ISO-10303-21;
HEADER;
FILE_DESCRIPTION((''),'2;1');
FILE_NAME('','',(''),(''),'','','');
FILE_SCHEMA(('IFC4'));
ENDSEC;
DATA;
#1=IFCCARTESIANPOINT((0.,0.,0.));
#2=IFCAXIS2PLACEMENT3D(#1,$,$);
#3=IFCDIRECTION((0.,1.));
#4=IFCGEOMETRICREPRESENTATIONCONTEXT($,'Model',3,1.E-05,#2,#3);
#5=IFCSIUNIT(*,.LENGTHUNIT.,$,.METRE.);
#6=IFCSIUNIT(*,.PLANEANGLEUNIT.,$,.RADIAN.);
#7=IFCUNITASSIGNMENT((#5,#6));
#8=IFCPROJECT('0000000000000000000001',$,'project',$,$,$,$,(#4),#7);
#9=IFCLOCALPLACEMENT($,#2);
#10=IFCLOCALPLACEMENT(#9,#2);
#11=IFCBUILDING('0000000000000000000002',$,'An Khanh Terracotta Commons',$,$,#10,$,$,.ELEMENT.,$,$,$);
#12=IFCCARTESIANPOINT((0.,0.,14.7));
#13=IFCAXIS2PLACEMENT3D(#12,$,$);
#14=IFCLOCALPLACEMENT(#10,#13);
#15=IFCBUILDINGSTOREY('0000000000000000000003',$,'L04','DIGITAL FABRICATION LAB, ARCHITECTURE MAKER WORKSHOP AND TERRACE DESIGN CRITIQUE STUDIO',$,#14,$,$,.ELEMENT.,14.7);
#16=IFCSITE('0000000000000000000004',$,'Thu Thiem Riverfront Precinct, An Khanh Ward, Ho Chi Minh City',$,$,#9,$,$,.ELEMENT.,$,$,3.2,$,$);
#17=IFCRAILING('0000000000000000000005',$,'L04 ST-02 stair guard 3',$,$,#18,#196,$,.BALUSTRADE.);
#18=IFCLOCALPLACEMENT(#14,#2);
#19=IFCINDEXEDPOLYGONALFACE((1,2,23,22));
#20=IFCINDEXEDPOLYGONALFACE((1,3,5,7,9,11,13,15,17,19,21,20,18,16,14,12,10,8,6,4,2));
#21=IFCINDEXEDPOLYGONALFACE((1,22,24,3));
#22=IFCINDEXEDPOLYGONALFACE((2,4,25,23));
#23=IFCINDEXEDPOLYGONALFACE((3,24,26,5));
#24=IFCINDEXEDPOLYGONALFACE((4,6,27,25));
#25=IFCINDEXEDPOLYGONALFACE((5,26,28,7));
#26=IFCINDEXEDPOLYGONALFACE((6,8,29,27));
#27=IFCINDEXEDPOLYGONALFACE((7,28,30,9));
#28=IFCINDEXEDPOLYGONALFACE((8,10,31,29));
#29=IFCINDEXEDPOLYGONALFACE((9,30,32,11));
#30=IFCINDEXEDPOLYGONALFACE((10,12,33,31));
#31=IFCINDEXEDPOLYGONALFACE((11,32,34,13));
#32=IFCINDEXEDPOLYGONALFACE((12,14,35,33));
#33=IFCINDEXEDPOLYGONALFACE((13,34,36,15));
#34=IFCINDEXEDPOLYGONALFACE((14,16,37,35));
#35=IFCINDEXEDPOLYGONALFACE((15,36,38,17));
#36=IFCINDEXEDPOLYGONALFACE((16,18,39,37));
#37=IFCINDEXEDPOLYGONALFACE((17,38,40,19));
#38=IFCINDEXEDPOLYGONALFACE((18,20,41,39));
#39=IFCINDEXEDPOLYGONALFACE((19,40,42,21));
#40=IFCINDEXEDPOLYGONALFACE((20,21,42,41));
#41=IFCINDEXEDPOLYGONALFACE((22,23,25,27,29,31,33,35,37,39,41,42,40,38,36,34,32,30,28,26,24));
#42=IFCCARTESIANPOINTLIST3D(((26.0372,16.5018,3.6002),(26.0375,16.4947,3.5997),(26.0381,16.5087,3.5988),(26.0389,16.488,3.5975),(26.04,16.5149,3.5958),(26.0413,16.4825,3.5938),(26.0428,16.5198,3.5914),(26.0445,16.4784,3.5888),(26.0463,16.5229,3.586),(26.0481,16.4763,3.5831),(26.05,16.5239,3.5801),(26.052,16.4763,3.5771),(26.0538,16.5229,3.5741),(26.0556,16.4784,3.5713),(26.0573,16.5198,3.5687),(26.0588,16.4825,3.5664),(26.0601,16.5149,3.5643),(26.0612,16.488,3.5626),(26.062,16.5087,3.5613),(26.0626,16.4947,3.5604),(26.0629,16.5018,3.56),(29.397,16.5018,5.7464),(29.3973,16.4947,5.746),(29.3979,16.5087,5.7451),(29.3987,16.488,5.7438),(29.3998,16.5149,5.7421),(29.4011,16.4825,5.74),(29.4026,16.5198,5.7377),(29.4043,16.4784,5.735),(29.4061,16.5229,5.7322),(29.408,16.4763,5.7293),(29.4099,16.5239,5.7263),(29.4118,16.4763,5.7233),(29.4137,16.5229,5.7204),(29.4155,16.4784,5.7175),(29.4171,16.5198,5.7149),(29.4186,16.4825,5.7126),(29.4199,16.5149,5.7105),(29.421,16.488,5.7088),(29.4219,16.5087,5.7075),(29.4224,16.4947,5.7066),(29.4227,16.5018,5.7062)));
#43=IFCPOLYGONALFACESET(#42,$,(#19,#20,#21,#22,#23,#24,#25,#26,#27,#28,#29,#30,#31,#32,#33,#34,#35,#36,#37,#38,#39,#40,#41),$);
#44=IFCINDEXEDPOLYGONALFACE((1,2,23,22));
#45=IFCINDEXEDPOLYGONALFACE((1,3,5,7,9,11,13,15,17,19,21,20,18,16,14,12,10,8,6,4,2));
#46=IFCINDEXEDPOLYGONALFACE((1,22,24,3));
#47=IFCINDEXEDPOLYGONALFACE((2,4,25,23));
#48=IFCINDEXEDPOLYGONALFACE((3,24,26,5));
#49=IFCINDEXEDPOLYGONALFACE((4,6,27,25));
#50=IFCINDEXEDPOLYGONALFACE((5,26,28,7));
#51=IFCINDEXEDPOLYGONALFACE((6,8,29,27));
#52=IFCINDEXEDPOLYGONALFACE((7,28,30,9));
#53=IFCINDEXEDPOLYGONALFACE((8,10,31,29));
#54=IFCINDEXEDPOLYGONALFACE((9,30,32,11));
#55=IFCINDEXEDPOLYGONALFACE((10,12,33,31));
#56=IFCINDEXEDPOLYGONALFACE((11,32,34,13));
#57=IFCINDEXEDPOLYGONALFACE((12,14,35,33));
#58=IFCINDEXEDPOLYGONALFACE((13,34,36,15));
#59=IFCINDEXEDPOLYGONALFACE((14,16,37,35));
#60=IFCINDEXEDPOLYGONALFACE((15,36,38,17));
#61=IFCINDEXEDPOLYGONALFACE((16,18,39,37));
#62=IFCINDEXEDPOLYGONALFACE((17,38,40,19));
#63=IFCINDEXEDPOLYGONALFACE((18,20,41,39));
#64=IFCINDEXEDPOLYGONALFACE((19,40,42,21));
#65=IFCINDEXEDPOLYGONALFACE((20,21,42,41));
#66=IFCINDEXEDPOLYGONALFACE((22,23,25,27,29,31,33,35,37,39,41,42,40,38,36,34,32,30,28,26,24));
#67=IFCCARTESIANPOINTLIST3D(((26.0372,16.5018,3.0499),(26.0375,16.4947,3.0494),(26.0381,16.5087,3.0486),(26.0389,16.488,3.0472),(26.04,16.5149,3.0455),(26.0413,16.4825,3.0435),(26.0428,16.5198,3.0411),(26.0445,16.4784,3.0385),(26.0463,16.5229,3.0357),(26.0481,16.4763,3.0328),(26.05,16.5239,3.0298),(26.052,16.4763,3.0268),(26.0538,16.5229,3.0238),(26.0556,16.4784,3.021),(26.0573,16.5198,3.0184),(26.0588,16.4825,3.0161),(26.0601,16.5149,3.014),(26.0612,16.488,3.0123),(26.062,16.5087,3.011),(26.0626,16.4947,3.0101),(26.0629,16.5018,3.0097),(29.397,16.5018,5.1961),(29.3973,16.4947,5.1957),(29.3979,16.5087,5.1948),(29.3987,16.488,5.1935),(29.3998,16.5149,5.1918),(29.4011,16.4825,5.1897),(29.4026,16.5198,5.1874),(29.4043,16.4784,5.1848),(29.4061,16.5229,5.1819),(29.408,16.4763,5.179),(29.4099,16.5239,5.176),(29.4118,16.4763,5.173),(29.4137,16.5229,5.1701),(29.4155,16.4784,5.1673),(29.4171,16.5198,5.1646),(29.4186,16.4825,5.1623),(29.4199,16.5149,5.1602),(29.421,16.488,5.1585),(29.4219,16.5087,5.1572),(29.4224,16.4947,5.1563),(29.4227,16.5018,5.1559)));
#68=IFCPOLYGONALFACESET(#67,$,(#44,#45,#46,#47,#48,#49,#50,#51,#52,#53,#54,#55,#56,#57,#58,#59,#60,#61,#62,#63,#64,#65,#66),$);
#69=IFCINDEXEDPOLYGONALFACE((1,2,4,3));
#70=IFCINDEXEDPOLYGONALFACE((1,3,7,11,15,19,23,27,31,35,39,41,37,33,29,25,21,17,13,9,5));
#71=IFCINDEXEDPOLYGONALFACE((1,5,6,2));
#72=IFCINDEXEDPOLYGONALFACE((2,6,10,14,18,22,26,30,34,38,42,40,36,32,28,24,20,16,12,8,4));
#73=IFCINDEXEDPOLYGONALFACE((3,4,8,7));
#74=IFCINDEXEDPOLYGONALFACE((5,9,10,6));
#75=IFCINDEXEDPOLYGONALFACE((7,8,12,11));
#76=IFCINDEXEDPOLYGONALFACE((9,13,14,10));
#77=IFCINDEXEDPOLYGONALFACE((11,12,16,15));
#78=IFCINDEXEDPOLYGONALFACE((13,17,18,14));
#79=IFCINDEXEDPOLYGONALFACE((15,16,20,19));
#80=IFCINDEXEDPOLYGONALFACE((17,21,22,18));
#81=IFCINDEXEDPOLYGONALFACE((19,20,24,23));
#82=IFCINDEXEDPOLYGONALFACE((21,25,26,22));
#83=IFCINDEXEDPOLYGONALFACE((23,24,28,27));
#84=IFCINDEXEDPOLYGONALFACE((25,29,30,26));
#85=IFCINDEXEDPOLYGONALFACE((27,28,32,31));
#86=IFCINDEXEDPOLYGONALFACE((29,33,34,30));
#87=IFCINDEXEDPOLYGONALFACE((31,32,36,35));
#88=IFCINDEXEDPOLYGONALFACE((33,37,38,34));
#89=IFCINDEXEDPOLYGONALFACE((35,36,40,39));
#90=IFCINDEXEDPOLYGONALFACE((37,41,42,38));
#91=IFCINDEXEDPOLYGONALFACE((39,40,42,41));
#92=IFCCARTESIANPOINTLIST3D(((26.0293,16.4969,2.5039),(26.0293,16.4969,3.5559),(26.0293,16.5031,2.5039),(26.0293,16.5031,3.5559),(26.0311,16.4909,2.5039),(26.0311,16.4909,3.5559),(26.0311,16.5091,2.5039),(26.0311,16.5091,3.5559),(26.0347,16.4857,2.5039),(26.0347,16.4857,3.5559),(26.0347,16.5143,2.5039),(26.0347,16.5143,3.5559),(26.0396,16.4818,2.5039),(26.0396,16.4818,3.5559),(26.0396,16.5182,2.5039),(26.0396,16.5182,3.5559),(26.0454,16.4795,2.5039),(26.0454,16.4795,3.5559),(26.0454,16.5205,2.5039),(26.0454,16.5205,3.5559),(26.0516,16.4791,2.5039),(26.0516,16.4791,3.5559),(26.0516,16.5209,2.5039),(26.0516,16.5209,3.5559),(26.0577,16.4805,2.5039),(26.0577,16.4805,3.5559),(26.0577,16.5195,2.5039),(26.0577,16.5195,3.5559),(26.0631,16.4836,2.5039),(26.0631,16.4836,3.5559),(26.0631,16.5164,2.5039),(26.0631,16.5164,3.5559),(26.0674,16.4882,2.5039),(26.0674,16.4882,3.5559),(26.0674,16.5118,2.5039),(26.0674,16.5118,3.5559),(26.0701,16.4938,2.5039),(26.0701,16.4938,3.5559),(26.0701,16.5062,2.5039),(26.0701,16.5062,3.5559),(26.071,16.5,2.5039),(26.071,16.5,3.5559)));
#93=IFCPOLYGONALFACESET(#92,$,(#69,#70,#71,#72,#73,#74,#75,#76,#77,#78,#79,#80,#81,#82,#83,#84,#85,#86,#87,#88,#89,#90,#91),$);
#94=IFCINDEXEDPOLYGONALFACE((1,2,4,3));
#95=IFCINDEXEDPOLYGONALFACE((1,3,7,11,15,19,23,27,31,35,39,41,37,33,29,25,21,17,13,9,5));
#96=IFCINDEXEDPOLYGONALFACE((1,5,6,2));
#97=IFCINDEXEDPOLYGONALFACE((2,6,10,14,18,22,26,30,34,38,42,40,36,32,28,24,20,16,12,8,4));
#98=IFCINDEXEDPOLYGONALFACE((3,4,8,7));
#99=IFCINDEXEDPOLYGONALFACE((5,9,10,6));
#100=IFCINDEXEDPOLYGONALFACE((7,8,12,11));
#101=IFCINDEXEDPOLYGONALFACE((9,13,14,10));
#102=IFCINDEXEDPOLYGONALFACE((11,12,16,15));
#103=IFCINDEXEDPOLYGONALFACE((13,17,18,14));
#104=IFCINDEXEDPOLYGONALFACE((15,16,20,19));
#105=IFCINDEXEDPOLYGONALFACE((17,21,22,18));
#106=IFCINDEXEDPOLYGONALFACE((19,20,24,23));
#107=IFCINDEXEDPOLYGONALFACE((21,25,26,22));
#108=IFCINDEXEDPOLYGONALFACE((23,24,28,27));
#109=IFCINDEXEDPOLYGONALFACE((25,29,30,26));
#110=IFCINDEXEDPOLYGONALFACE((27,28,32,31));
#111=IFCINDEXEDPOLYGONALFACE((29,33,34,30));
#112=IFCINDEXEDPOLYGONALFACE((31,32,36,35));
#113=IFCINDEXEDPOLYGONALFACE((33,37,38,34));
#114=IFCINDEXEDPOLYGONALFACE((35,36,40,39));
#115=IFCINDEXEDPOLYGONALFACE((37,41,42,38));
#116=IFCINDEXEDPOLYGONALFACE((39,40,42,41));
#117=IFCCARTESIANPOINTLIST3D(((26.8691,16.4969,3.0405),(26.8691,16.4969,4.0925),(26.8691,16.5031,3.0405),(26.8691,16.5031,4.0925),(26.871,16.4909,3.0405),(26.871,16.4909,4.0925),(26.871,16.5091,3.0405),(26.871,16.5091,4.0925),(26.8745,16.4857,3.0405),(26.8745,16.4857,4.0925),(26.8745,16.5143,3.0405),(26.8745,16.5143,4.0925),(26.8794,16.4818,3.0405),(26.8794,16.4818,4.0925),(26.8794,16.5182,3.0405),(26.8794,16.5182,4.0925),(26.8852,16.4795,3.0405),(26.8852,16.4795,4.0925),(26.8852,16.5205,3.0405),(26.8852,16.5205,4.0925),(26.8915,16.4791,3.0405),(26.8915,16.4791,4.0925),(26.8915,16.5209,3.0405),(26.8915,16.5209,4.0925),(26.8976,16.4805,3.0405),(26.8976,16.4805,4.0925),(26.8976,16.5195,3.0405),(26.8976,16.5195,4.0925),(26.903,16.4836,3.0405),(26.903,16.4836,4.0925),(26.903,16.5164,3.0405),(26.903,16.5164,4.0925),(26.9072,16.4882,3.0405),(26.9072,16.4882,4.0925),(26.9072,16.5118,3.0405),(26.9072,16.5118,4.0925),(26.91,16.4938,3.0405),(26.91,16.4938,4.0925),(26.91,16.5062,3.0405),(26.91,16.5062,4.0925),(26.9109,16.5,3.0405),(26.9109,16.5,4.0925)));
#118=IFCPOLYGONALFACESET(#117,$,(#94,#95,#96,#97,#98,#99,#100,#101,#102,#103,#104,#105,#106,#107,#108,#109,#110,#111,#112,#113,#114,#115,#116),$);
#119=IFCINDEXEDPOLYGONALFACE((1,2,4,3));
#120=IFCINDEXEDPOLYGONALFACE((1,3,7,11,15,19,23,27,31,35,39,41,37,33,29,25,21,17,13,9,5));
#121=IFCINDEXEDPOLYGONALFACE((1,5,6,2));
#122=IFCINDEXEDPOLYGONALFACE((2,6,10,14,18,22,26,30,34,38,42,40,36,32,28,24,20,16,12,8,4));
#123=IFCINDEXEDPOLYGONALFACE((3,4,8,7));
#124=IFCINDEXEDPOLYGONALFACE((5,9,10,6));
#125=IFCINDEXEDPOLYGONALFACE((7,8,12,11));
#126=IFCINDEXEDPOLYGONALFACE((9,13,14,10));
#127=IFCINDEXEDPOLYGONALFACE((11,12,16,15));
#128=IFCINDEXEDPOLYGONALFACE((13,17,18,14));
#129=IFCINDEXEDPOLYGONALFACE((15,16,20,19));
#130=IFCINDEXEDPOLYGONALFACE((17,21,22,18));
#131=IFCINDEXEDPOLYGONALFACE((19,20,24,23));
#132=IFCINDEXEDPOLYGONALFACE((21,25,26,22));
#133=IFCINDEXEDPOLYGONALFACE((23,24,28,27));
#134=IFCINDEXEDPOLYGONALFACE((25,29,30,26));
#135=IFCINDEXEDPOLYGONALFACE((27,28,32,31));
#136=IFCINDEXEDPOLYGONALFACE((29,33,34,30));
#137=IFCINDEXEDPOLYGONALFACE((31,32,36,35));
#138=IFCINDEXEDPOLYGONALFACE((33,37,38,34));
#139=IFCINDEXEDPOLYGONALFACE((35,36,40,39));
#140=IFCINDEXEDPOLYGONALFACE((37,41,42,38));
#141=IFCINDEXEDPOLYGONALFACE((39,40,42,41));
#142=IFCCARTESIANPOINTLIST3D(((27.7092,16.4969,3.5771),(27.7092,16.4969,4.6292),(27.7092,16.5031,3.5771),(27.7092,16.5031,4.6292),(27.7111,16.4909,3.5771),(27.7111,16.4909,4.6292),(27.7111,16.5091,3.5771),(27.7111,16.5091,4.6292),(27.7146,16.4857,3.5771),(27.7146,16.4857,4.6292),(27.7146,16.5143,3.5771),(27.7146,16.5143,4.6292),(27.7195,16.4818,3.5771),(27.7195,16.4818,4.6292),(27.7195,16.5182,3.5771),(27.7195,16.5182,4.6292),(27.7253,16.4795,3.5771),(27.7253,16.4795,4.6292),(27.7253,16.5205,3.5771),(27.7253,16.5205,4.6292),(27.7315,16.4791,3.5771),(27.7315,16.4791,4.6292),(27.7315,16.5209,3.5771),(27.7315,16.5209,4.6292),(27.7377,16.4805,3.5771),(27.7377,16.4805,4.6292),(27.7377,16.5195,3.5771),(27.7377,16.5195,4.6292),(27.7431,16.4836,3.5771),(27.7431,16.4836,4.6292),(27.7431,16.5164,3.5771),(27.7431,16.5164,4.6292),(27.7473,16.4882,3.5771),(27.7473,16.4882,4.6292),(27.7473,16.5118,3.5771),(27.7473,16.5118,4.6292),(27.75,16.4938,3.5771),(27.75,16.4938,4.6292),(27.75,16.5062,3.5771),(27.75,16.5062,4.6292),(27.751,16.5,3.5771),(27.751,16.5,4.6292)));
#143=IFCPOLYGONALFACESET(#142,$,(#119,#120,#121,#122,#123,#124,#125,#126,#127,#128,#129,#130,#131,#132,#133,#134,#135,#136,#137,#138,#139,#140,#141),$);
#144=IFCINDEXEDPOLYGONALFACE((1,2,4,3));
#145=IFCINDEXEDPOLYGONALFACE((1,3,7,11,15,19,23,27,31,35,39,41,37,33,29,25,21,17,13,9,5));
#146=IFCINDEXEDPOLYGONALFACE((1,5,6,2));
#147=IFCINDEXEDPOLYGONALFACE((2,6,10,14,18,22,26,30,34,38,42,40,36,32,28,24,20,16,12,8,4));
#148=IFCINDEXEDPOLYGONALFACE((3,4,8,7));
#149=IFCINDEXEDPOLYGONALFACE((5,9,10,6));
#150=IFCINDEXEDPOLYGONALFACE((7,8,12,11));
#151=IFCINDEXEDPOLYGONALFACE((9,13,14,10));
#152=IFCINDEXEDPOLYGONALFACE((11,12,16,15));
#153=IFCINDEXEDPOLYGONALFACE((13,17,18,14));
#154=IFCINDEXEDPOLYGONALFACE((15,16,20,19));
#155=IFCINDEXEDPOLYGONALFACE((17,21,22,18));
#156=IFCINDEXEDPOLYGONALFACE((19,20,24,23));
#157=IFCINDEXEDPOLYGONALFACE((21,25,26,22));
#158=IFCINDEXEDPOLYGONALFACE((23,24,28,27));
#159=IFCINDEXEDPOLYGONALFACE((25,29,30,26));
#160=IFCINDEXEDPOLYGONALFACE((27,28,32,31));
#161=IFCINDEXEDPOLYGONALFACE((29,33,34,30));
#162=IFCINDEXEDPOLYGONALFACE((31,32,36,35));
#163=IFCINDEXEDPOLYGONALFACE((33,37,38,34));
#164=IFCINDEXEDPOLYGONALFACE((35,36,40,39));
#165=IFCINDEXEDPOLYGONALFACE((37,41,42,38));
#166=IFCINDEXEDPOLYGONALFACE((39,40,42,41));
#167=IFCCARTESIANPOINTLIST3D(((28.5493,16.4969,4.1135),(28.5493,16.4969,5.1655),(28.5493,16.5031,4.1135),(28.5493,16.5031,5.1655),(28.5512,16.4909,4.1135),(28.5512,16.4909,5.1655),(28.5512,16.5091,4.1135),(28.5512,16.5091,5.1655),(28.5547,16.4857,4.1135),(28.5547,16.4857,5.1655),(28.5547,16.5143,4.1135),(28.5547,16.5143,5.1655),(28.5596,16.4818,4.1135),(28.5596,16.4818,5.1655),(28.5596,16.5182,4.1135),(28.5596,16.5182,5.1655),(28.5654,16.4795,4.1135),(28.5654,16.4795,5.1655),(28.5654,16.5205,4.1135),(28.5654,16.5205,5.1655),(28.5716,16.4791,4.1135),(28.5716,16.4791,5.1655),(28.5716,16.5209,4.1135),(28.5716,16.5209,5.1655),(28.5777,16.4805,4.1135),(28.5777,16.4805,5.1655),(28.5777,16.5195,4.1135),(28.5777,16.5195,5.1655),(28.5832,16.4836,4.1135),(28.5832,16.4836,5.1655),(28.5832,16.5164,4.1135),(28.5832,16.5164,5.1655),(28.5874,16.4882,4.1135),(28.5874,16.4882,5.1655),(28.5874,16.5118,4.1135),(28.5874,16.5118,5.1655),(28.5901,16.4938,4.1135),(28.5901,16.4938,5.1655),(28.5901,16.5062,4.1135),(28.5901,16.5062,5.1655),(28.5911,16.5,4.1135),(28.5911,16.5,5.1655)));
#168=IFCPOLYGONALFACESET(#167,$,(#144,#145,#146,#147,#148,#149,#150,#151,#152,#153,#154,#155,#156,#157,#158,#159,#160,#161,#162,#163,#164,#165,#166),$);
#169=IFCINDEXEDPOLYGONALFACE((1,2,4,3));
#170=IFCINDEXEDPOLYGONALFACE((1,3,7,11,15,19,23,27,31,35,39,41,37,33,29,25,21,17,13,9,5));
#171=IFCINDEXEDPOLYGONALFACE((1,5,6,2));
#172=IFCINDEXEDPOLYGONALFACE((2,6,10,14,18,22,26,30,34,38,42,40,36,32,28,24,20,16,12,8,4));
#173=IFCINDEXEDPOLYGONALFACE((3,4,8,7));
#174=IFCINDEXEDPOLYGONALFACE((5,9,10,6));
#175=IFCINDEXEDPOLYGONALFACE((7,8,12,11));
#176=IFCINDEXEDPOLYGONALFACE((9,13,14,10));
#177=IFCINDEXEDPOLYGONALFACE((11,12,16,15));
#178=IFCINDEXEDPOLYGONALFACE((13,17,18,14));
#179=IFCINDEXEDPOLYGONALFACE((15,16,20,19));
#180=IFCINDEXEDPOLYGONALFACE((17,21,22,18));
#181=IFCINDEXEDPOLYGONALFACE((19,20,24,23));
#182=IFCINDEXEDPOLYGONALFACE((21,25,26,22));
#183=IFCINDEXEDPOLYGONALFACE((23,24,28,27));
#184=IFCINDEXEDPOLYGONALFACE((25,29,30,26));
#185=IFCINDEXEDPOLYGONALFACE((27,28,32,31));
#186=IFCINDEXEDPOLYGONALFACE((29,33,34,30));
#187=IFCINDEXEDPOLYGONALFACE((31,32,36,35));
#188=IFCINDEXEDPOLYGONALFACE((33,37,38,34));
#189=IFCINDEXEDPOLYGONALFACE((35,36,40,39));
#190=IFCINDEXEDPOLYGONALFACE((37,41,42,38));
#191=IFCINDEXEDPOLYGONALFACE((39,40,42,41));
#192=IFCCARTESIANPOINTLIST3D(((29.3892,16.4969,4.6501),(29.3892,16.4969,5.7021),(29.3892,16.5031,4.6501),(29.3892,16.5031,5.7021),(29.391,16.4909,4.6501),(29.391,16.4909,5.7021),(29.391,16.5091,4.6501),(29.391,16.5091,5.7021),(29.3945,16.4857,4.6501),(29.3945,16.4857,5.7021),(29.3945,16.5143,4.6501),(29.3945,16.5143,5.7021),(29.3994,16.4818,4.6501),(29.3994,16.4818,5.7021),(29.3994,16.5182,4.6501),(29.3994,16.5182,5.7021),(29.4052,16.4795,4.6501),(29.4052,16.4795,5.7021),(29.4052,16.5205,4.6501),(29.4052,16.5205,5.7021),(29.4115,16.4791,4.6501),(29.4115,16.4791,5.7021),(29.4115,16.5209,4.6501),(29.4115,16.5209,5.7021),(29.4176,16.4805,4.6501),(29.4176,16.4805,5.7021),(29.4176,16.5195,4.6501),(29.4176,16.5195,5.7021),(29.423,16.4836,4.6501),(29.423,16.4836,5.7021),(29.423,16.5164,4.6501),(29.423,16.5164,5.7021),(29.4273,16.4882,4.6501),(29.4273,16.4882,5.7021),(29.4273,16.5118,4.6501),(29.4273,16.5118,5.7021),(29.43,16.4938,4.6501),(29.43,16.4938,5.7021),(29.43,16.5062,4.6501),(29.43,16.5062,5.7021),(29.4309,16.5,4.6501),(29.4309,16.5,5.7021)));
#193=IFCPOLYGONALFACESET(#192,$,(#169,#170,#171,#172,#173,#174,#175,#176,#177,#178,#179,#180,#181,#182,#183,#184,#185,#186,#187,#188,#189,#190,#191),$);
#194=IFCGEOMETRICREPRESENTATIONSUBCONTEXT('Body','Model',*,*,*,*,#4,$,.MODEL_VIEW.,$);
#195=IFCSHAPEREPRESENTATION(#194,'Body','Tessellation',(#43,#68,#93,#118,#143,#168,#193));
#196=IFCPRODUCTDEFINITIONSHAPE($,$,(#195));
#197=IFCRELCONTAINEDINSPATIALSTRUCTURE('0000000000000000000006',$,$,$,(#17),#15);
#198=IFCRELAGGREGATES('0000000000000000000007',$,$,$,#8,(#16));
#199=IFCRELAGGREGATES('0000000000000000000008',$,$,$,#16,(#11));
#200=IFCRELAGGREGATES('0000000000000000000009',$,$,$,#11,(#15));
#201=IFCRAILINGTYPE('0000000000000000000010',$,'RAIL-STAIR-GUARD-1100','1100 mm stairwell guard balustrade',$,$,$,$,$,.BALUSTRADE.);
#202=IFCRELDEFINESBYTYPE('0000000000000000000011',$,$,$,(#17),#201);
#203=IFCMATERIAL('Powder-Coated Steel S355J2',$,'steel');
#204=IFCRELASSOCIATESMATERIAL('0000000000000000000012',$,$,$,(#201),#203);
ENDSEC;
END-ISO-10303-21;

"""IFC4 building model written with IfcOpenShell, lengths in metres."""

from ifc_helpers import new_model, si_unit, direction, frame, origin, origin_2d, place, context, subcontext, project, spatial, circle, extrude, material, type_object, element, save


model = new_model("IFC4")

# Units and contexts
model_context = context("Model", 3, precision=1e-05, world=origin(), true_north=direction((0.0, 1.0)))
body_context = subcontext(model_context, "Body", "Model", "MODEL_VIEW")
ifc_project = project(units=[si_unit("LENGTHUNIT", "METRE"), si_unit("PLANEANGLEUNIT", "RADIAN")], contexts=[model_context])

# Site, building, storey
site_placement = place(None, origin())
site = spatial("IfcSite", under=ifc_project, at=site_placement, Name="Thu Thiem Riverfront Precinct, An Khanh Ward, Ho Chi Minh City", CompositionType="ELEMENT", RefElevation=3.2)
building_placement = place(site_placement, origin())
building = spatial("IfcBuilding", under=site, at=building_placement, Name="An Khanh Terracotta Commons", CompositionType="ELEMENT")
storey_placement = place(building_placement, frame((0.0, 0.0, 14.7)))
storey = spatial("IfcBuildingStorey", under=building, at=storey_placement, Name="L04", Description="DIGITAL FABRICATION LAB, ARCHITECTURE MAKER WORKSHOP AND TERRACE DESIGN CRITIQUE STUDIO", CompositionType="ELEMENT", Elevation=14.7)

# Railing
ifc_material_1 = material(Name="Powder-Coated Steel S355J2", Category="steel")
railing_type_1 = type_object("IfcRailingType", Name="RAIL-STAIR-GUARD-1100", Description="1100 mm stairwell guard balustrade", PredefinedType="BALUSTRADE", material=ifc_material_1)
railing_1_placement = place(storey_placement, frame((26.05, 16.5, 2.5039)))
element("IfcRailing", 1, at=railing_1_placement, inside=storey, type_object=railing_type_1, Name="L04 ST-02 stair guard 3", PredefinedType="BALUSTRADE", context=body_context, shape_type="SweptSolid", body=[
    extrude(circle(Radius=0.0239, at=origin_2d()), frame((0.0, 0.0, 1.0762), z_axis=(0.842735, 0.0, 0.538329), x_axis=(0.0, 1.0, 0.0)), (0.0, 0.0, 1.0), 3.9868),
    extrude(circle(Radius=0.0239, at=origin_2d()), frame((0.0, 0.0, 0.5259), z_axis=(0.842735, 0.0, 0.538329), x_axis=(0.0, 1.0, 0.0)), (0.0, 0.0, 1.0), 3.9868),
    extrude(circle(Radius=0.021, at=origin_2d()), origin(), (0.0, 0.0, 1.0), 1.052),
    extrude(circle(Radius=0.021, at=origin_2d()), frame((0.8398, 0.0, 0.5366)), (0.0, 0.0, 1.0), 1.052),
    extrude(circle(Radius=0.021, at=origin_2d()), frame((1.6799, 0.0, 1.0732)), (0.0, 0.0, 1.0), 1.052),
    extrude(circle(Radius=0.021, at=origin_2d()), frame((2.52, 0.0, 1.6096)), (0.0, 0.0, 1.0), 1.052),
    extrude(circle(Radius=0.021, at=origin_2d()), frame((3.3599, 0.0, 2.1462)), (0.0, 0.0, 1.0), 1.052),
])

save(model, "model.ifc")
